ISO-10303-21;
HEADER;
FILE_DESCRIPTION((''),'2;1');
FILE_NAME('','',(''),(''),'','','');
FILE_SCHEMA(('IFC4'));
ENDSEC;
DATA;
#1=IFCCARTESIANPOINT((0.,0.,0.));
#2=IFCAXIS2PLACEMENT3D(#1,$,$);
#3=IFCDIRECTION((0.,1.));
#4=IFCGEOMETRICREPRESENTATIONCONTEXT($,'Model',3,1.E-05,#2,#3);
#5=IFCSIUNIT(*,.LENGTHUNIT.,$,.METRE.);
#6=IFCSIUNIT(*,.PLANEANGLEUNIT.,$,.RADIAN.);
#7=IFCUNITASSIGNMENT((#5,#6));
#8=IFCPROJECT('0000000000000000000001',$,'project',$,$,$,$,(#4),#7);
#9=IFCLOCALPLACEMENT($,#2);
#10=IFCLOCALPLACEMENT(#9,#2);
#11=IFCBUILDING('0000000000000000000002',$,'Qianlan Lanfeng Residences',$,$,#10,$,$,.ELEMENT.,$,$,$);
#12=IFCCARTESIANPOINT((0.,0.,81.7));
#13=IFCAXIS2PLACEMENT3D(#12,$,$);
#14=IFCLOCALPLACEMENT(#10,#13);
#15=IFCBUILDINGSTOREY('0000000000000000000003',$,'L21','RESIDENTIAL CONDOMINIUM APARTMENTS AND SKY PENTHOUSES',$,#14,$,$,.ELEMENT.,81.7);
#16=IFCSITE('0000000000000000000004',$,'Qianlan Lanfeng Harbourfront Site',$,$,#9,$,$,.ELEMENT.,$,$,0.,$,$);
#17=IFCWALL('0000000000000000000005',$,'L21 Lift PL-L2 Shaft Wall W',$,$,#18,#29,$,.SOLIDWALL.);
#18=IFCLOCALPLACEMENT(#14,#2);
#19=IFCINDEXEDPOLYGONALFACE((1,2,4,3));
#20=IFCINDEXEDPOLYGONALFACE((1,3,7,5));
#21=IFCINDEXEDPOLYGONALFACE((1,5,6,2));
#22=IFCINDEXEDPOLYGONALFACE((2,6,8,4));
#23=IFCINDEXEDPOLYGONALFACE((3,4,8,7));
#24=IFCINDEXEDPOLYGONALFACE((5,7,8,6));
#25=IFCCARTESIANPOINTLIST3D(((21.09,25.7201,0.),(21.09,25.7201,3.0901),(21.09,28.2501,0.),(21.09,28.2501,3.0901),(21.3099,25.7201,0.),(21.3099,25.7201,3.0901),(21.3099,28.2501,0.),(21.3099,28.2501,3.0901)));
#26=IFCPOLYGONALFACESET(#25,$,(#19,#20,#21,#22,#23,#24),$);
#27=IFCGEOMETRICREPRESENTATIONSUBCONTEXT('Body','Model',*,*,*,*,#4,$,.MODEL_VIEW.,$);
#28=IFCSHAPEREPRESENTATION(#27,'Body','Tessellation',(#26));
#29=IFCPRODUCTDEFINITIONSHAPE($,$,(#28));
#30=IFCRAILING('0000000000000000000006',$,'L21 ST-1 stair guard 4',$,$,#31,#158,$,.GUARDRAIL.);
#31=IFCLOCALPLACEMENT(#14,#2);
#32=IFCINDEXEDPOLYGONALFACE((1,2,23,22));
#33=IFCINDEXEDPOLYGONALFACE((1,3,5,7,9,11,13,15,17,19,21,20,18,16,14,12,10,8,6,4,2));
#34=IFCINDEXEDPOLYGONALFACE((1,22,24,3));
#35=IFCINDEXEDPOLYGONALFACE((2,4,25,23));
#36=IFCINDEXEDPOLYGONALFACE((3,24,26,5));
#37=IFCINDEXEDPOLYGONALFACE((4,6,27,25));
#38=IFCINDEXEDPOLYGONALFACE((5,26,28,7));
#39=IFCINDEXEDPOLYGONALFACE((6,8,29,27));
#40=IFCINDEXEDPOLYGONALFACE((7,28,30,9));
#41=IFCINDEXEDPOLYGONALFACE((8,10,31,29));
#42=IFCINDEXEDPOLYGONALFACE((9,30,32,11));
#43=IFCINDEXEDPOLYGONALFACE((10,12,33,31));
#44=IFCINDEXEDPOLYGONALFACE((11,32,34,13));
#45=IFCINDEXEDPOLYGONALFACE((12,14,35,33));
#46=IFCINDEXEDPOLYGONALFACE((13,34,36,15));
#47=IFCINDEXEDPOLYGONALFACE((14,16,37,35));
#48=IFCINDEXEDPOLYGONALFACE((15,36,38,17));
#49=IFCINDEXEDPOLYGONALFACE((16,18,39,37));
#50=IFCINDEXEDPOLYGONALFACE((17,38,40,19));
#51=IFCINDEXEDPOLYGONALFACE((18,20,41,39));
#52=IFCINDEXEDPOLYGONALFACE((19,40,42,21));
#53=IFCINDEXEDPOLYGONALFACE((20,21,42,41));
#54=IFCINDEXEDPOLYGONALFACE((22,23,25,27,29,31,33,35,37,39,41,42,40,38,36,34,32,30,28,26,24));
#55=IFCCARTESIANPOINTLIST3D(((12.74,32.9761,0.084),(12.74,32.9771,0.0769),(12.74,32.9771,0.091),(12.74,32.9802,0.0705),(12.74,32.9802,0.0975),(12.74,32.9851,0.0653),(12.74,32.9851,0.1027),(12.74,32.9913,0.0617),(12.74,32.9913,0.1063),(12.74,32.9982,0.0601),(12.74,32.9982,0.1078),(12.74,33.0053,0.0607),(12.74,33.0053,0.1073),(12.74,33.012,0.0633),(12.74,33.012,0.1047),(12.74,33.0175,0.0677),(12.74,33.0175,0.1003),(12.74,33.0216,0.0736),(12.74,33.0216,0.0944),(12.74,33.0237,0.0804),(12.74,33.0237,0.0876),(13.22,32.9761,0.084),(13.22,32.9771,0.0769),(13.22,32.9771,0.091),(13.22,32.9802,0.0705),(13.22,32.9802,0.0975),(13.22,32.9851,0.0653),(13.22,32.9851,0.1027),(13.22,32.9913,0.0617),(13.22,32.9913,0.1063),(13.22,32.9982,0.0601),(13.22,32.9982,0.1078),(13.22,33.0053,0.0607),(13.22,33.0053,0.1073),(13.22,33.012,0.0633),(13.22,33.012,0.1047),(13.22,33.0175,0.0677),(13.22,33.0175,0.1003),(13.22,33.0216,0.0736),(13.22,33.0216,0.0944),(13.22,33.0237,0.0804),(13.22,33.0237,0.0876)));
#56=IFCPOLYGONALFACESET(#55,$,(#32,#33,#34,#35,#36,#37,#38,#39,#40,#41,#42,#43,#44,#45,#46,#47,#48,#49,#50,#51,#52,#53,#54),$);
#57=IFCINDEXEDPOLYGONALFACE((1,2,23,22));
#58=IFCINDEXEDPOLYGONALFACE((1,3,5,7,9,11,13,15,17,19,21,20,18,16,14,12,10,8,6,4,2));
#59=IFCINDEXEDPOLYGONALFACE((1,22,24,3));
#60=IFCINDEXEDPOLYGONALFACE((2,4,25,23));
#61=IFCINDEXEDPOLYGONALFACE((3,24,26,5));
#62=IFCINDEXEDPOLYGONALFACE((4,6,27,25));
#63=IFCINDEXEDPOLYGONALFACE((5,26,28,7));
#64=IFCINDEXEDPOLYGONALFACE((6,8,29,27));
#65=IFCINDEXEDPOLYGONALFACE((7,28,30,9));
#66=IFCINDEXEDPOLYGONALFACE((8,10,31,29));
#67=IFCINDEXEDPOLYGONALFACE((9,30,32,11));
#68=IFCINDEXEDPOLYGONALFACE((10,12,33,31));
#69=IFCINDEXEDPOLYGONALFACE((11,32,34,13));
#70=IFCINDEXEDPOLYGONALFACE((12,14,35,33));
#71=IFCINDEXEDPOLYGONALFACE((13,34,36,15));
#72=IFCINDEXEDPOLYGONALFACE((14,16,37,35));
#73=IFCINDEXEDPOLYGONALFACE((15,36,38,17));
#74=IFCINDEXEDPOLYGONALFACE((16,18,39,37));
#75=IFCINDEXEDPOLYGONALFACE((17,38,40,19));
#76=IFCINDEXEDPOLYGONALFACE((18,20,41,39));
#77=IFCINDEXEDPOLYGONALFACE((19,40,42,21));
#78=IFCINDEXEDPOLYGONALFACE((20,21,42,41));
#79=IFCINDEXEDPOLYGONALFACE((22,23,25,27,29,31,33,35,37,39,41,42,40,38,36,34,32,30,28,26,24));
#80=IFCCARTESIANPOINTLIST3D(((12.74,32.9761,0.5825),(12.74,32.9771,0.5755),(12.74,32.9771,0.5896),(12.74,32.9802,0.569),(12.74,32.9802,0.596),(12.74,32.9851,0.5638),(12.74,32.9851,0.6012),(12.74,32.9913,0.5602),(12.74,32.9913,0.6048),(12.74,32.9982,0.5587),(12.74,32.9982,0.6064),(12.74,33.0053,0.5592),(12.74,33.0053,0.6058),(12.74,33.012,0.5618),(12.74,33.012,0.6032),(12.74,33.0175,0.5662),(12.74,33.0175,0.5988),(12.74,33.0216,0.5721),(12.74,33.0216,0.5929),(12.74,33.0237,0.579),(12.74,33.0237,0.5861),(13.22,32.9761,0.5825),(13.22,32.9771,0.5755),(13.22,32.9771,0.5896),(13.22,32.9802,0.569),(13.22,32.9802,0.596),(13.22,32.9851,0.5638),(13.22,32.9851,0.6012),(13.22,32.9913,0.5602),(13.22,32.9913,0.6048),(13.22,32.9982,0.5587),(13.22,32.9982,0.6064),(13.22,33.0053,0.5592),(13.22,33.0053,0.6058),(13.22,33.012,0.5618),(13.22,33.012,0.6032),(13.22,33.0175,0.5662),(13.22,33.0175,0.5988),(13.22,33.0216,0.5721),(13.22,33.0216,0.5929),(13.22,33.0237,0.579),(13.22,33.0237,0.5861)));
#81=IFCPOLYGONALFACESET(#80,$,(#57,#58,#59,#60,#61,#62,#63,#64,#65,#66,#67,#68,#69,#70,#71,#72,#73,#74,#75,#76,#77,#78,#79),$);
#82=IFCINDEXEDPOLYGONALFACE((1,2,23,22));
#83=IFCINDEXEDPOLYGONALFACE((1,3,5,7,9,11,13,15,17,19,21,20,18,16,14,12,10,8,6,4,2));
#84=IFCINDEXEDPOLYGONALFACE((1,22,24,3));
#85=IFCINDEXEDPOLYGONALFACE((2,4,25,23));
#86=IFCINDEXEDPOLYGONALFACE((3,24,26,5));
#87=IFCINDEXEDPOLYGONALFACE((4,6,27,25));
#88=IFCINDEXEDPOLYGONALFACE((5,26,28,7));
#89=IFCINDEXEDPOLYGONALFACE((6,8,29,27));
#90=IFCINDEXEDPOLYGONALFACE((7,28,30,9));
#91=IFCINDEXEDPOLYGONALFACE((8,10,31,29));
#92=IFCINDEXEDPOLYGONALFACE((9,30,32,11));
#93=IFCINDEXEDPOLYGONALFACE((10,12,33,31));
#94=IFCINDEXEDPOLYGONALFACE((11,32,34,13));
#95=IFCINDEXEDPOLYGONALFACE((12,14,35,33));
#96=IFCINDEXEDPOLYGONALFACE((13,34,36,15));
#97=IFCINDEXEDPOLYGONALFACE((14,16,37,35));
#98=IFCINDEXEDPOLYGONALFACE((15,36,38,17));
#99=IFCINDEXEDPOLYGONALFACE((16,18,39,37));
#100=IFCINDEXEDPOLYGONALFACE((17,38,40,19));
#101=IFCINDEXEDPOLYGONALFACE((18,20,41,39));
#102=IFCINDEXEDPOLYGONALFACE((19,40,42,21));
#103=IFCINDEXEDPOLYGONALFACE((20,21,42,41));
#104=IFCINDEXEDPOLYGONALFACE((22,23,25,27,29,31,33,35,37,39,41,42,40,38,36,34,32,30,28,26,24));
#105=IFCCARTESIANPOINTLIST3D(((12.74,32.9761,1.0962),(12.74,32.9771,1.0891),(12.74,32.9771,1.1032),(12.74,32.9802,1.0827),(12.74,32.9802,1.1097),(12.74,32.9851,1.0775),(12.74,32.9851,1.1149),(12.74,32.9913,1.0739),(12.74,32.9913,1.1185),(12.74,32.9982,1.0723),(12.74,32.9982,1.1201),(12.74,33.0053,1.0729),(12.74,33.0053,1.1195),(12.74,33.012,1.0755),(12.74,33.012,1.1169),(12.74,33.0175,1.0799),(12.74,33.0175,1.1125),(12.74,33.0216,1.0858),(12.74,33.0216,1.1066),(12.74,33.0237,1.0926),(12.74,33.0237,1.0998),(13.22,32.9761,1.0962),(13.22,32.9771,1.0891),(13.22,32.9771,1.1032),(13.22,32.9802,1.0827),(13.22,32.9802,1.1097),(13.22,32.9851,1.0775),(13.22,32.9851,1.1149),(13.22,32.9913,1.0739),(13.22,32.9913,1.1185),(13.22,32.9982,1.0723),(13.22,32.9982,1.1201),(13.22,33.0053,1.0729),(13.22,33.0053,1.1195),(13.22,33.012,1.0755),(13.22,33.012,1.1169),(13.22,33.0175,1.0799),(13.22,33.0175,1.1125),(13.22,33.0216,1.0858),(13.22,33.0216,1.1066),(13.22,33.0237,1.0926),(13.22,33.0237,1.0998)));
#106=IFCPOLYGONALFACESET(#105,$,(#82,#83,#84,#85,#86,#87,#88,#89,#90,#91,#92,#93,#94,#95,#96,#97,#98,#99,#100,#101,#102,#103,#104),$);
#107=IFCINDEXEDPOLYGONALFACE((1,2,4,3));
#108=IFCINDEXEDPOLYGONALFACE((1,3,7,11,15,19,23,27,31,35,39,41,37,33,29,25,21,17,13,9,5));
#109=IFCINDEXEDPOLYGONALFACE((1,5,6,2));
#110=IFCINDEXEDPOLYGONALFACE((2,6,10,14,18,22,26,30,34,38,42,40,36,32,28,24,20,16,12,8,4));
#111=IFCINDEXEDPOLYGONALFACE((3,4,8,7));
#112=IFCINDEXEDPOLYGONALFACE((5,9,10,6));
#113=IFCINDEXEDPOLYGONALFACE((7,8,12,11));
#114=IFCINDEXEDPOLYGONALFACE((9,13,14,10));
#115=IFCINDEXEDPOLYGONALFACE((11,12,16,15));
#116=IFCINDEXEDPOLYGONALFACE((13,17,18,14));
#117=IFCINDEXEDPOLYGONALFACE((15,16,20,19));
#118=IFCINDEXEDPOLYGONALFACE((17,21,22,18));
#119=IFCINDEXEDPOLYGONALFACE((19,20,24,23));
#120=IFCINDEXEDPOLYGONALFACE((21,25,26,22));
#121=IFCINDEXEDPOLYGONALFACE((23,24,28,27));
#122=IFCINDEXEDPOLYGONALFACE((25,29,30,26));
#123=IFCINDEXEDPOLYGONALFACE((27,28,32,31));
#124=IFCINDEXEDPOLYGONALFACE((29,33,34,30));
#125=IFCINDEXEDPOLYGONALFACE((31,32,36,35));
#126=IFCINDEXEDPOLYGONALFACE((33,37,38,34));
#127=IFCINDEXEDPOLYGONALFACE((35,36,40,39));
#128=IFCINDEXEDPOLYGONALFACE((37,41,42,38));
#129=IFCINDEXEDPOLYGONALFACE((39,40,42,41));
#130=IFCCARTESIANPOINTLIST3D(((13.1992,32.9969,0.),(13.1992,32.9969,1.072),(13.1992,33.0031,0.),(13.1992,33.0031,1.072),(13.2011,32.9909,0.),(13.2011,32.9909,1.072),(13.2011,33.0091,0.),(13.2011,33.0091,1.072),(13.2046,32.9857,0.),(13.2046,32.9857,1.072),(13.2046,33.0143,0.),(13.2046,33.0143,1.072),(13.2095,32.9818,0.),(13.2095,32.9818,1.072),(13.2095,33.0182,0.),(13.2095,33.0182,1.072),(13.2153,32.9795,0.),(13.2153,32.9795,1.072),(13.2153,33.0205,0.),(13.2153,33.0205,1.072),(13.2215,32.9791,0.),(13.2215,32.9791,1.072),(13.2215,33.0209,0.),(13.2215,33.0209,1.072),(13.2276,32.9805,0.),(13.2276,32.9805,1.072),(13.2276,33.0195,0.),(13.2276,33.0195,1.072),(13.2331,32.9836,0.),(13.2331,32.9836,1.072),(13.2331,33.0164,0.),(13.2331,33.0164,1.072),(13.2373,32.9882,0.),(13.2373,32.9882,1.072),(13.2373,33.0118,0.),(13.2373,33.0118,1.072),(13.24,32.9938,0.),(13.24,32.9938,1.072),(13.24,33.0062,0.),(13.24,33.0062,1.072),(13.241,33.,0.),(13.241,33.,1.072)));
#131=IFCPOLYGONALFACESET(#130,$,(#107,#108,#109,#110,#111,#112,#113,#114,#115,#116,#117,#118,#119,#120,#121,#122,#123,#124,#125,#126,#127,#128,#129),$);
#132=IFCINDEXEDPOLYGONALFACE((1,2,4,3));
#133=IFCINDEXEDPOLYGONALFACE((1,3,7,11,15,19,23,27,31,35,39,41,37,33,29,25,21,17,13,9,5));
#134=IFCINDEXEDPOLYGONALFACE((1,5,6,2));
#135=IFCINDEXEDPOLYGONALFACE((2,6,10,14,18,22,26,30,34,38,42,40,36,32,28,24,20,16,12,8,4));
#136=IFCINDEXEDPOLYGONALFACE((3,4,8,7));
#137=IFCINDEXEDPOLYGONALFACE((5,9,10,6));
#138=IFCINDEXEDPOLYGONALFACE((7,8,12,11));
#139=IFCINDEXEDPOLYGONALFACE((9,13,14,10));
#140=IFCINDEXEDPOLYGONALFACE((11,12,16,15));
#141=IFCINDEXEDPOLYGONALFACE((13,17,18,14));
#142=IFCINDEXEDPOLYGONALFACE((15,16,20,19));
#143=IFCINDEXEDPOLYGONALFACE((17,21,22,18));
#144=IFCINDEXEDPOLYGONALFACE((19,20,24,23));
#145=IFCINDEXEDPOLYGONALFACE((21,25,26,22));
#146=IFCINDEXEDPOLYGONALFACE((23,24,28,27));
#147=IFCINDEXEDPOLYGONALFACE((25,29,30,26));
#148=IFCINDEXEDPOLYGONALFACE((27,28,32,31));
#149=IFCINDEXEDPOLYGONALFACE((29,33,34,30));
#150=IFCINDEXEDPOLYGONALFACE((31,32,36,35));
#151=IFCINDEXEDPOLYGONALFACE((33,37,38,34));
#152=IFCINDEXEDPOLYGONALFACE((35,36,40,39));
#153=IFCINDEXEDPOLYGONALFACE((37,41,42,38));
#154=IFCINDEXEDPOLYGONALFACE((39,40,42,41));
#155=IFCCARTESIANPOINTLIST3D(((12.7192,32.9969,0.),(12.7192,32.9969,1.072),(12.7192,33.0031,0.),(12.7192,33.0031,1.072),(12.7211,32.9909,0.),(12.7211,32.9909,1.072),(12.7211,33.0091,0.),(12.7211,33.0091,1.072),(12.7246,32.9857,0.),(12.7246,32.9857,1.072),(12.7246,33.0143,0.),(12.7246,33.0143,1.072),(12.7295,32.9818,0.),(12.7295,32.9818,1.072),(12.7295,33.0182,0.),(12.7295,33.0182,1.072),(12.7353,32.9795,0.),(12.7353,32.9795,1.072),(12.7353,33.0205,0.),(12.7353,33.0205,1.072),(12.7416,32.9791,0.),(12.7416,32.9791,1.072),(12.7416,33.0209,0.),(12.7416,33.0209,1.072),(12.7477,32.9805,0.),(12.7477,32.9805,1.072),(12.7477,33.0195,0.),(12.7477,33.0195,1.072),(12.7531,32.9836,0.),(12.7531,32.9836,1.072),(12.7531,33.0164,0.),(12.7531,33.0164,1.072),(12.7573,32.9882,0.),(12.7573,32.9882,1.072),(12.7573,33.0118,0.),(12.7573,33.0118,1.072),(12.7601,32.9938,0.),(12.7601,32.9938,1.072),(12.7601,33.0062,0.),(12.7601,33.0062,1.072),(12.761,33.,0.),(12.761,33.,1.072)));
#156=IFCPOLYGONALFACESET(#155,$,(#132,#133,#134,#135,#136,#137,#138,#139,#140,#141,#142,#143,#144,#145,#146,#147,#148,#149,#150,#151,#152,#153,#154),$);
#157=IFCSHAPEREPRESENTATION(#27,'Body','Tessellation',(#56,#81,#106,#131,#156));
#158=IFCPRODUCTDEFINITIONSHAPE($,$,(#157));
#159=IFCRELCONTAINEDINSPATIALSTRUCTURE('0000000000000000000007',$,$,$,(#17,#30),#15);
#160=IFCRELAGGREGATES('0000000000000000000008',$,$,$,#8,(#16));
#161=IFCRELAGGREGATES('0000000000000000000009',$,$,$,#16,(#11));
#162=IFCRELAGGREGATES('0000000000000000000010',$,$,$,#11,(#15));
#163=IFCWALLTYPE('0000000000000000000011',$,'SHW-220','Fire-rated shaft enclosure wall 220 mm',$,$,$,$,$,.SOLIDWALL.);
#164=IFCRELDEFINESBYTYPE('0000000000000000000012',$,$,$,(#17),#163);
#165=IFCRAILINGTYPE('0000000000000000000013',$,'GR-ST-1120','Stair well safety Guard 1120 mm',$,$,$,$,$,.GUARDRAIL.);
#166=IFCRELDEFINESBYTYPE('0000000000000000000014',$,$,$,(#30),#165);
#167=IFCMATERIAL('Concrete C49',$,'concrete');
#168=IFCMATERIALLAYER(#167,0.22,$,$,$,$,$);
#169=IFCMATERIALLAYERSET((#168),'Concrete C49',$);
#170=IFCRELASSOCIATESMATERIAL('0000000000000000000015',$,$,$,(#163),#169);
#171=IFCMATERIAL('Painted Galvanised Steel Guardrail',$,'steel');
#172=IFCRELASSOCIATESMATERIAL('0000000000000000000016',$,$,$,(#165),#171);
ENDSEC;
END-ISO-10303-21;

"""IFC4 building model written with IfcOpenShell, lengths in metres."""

from ifc_helpers import new_model, si_unit, direction, frame, frame_2d, origin, origin_2d, place, context, subcontext, project, spatial, rectangle, circle, extrude, material, layer, layer_set, type_object, element, save


model = new_model("IFC4")

# Units and contexts
model_context = context("Model", 3, precision=1e-05, world=origin(), true_north=direction((0.0, 1.0)))
body_context = subcontext(model_context, "Body", "Model", "MODEL_VIEW")
ifc_project = project(units=[si_unit("LENGTHUNIT", "METRE"), si_unit("PLANEANGLEUNIT", "RADIAN")], contexts=[model_context])

# Site, building, storey
site_placement = place(None, origin())
site = spatial("IfcSite", under=ifc_project, at=site_placement, Name="Qianlan Lanfeng Harbourfront Site", CompositionType="ELEMENT", RefElevation=0.0)
building_placement = place(site_placement, origin())
building = spatial("IfcBuilding", under=site, at=building_placement, Name="Qianlan Lanfeng Residences", CompositionType="ELEMENT")
storey_placement = place(building_placement, frame((0.0, 0.0, 81.7)))
storey = spatial("IfcBuildingStorey", under=building, at=storey_placement, Name="L21", Description="RESIDENTIAL CONDOMINIUM APARTMENTS AND SKY PENTHOUSES", CompositionType="ELEMENT", Elevation=81.7)

# Wall
ifc_material_1 = material(Name="Concrete C49", Category="concrete")
ifc_layer_1 = layer(ifc_material_1, 0.22)
ifc_layer_set_1 = layer_set([ifc_layer_1], Name="Concrete C49")
wall_type_1 = type_object("IfcWallType", Name="SHW-220", Description="Fire-rated shaft enclosure wall 220 mm", PredefinedType="SOLIDWALL", material=ifc_layer_set_1)
wall_1_placement = place(storey_placement, frame((21.2, 25.72, 0.0), z_axis=(0.0, 0.0, 1.0), x_axis=(0.0, 1.0, 0.0)))
element("IfcWall", 1, at=wall_1_placement, inside=storey, type_object=wall_type_1, Name="L21 Lift PL-L2 Shaft Wall W", PredefinedType="SOLIDWALL", context=body_context, shape_type="SweptSolid", body=[
    extrude(rectangle(XDim=2.53, YDim=0.22, at=frame_2d((1.2651, 0.0))), origin(), (0.0, 0.0, 1.0), 3.0901),
])

# Railing
ifc_material_2 = material(Name="Painted Galvanised Steel Guardrail", Category="steel")
railing_type = type_object("IfcRailingType", Name="GR-ST-1120", Description="Stair well safety Guard 1120 mm", PredefinedType="GUARDRAIL", material=ifc_material_2)
railing_placement = place(storey_placement, frame((13.22, 33.0, 0.0)))
element("IfcRailing", 2, at=railing_placement, inside=storey, type_object=railing_type, Name="L21 ST-1 stair guard 4", PredefinedType="GUARDRAIL", context=body_context, shape_type="SweptSolid", body=[
    extrude(circle(Radius=0.0239, at=origin_2d()), frame((0.0, 0.0, 0.084), z_axis=(-1.0, 0.0, 0.0), x_axis=(0.0, -1.0, 0.0)), (0.0, 0.0, 1.0), 0.48),
    extrude(circle(Radius=0.0239, at=origin_2d()), frame((0.0, 0.0, 0.5825), z_axis=(-1.0, 0.0, 0.0), x_axis=(0.0, -1.0, 0.0)), (0.0, 0.0, 1.0), 0.48),
    extrude(circle(Radius=0.0239, at=origin_2d()), frame((0.0, 0.0, 1.0962), z_axis=(-1.0, 0.0, 0.0), x_axis=(0.0, -1.0, 0.0)), (0.0, 0.0, 1.0), 0.48),
    extrude(circle(Radius=0.021, at=origin_2d()), origin(), (0.0, 0.0, 1.0), 1.072),
    extrude(circle(Radius=0.021, at=origin_2d()), frame((-0.48, 0.0, 0.0)), (0.0, 0.0, 1.0), 1.072),
])

save(model, "model.ifc")
